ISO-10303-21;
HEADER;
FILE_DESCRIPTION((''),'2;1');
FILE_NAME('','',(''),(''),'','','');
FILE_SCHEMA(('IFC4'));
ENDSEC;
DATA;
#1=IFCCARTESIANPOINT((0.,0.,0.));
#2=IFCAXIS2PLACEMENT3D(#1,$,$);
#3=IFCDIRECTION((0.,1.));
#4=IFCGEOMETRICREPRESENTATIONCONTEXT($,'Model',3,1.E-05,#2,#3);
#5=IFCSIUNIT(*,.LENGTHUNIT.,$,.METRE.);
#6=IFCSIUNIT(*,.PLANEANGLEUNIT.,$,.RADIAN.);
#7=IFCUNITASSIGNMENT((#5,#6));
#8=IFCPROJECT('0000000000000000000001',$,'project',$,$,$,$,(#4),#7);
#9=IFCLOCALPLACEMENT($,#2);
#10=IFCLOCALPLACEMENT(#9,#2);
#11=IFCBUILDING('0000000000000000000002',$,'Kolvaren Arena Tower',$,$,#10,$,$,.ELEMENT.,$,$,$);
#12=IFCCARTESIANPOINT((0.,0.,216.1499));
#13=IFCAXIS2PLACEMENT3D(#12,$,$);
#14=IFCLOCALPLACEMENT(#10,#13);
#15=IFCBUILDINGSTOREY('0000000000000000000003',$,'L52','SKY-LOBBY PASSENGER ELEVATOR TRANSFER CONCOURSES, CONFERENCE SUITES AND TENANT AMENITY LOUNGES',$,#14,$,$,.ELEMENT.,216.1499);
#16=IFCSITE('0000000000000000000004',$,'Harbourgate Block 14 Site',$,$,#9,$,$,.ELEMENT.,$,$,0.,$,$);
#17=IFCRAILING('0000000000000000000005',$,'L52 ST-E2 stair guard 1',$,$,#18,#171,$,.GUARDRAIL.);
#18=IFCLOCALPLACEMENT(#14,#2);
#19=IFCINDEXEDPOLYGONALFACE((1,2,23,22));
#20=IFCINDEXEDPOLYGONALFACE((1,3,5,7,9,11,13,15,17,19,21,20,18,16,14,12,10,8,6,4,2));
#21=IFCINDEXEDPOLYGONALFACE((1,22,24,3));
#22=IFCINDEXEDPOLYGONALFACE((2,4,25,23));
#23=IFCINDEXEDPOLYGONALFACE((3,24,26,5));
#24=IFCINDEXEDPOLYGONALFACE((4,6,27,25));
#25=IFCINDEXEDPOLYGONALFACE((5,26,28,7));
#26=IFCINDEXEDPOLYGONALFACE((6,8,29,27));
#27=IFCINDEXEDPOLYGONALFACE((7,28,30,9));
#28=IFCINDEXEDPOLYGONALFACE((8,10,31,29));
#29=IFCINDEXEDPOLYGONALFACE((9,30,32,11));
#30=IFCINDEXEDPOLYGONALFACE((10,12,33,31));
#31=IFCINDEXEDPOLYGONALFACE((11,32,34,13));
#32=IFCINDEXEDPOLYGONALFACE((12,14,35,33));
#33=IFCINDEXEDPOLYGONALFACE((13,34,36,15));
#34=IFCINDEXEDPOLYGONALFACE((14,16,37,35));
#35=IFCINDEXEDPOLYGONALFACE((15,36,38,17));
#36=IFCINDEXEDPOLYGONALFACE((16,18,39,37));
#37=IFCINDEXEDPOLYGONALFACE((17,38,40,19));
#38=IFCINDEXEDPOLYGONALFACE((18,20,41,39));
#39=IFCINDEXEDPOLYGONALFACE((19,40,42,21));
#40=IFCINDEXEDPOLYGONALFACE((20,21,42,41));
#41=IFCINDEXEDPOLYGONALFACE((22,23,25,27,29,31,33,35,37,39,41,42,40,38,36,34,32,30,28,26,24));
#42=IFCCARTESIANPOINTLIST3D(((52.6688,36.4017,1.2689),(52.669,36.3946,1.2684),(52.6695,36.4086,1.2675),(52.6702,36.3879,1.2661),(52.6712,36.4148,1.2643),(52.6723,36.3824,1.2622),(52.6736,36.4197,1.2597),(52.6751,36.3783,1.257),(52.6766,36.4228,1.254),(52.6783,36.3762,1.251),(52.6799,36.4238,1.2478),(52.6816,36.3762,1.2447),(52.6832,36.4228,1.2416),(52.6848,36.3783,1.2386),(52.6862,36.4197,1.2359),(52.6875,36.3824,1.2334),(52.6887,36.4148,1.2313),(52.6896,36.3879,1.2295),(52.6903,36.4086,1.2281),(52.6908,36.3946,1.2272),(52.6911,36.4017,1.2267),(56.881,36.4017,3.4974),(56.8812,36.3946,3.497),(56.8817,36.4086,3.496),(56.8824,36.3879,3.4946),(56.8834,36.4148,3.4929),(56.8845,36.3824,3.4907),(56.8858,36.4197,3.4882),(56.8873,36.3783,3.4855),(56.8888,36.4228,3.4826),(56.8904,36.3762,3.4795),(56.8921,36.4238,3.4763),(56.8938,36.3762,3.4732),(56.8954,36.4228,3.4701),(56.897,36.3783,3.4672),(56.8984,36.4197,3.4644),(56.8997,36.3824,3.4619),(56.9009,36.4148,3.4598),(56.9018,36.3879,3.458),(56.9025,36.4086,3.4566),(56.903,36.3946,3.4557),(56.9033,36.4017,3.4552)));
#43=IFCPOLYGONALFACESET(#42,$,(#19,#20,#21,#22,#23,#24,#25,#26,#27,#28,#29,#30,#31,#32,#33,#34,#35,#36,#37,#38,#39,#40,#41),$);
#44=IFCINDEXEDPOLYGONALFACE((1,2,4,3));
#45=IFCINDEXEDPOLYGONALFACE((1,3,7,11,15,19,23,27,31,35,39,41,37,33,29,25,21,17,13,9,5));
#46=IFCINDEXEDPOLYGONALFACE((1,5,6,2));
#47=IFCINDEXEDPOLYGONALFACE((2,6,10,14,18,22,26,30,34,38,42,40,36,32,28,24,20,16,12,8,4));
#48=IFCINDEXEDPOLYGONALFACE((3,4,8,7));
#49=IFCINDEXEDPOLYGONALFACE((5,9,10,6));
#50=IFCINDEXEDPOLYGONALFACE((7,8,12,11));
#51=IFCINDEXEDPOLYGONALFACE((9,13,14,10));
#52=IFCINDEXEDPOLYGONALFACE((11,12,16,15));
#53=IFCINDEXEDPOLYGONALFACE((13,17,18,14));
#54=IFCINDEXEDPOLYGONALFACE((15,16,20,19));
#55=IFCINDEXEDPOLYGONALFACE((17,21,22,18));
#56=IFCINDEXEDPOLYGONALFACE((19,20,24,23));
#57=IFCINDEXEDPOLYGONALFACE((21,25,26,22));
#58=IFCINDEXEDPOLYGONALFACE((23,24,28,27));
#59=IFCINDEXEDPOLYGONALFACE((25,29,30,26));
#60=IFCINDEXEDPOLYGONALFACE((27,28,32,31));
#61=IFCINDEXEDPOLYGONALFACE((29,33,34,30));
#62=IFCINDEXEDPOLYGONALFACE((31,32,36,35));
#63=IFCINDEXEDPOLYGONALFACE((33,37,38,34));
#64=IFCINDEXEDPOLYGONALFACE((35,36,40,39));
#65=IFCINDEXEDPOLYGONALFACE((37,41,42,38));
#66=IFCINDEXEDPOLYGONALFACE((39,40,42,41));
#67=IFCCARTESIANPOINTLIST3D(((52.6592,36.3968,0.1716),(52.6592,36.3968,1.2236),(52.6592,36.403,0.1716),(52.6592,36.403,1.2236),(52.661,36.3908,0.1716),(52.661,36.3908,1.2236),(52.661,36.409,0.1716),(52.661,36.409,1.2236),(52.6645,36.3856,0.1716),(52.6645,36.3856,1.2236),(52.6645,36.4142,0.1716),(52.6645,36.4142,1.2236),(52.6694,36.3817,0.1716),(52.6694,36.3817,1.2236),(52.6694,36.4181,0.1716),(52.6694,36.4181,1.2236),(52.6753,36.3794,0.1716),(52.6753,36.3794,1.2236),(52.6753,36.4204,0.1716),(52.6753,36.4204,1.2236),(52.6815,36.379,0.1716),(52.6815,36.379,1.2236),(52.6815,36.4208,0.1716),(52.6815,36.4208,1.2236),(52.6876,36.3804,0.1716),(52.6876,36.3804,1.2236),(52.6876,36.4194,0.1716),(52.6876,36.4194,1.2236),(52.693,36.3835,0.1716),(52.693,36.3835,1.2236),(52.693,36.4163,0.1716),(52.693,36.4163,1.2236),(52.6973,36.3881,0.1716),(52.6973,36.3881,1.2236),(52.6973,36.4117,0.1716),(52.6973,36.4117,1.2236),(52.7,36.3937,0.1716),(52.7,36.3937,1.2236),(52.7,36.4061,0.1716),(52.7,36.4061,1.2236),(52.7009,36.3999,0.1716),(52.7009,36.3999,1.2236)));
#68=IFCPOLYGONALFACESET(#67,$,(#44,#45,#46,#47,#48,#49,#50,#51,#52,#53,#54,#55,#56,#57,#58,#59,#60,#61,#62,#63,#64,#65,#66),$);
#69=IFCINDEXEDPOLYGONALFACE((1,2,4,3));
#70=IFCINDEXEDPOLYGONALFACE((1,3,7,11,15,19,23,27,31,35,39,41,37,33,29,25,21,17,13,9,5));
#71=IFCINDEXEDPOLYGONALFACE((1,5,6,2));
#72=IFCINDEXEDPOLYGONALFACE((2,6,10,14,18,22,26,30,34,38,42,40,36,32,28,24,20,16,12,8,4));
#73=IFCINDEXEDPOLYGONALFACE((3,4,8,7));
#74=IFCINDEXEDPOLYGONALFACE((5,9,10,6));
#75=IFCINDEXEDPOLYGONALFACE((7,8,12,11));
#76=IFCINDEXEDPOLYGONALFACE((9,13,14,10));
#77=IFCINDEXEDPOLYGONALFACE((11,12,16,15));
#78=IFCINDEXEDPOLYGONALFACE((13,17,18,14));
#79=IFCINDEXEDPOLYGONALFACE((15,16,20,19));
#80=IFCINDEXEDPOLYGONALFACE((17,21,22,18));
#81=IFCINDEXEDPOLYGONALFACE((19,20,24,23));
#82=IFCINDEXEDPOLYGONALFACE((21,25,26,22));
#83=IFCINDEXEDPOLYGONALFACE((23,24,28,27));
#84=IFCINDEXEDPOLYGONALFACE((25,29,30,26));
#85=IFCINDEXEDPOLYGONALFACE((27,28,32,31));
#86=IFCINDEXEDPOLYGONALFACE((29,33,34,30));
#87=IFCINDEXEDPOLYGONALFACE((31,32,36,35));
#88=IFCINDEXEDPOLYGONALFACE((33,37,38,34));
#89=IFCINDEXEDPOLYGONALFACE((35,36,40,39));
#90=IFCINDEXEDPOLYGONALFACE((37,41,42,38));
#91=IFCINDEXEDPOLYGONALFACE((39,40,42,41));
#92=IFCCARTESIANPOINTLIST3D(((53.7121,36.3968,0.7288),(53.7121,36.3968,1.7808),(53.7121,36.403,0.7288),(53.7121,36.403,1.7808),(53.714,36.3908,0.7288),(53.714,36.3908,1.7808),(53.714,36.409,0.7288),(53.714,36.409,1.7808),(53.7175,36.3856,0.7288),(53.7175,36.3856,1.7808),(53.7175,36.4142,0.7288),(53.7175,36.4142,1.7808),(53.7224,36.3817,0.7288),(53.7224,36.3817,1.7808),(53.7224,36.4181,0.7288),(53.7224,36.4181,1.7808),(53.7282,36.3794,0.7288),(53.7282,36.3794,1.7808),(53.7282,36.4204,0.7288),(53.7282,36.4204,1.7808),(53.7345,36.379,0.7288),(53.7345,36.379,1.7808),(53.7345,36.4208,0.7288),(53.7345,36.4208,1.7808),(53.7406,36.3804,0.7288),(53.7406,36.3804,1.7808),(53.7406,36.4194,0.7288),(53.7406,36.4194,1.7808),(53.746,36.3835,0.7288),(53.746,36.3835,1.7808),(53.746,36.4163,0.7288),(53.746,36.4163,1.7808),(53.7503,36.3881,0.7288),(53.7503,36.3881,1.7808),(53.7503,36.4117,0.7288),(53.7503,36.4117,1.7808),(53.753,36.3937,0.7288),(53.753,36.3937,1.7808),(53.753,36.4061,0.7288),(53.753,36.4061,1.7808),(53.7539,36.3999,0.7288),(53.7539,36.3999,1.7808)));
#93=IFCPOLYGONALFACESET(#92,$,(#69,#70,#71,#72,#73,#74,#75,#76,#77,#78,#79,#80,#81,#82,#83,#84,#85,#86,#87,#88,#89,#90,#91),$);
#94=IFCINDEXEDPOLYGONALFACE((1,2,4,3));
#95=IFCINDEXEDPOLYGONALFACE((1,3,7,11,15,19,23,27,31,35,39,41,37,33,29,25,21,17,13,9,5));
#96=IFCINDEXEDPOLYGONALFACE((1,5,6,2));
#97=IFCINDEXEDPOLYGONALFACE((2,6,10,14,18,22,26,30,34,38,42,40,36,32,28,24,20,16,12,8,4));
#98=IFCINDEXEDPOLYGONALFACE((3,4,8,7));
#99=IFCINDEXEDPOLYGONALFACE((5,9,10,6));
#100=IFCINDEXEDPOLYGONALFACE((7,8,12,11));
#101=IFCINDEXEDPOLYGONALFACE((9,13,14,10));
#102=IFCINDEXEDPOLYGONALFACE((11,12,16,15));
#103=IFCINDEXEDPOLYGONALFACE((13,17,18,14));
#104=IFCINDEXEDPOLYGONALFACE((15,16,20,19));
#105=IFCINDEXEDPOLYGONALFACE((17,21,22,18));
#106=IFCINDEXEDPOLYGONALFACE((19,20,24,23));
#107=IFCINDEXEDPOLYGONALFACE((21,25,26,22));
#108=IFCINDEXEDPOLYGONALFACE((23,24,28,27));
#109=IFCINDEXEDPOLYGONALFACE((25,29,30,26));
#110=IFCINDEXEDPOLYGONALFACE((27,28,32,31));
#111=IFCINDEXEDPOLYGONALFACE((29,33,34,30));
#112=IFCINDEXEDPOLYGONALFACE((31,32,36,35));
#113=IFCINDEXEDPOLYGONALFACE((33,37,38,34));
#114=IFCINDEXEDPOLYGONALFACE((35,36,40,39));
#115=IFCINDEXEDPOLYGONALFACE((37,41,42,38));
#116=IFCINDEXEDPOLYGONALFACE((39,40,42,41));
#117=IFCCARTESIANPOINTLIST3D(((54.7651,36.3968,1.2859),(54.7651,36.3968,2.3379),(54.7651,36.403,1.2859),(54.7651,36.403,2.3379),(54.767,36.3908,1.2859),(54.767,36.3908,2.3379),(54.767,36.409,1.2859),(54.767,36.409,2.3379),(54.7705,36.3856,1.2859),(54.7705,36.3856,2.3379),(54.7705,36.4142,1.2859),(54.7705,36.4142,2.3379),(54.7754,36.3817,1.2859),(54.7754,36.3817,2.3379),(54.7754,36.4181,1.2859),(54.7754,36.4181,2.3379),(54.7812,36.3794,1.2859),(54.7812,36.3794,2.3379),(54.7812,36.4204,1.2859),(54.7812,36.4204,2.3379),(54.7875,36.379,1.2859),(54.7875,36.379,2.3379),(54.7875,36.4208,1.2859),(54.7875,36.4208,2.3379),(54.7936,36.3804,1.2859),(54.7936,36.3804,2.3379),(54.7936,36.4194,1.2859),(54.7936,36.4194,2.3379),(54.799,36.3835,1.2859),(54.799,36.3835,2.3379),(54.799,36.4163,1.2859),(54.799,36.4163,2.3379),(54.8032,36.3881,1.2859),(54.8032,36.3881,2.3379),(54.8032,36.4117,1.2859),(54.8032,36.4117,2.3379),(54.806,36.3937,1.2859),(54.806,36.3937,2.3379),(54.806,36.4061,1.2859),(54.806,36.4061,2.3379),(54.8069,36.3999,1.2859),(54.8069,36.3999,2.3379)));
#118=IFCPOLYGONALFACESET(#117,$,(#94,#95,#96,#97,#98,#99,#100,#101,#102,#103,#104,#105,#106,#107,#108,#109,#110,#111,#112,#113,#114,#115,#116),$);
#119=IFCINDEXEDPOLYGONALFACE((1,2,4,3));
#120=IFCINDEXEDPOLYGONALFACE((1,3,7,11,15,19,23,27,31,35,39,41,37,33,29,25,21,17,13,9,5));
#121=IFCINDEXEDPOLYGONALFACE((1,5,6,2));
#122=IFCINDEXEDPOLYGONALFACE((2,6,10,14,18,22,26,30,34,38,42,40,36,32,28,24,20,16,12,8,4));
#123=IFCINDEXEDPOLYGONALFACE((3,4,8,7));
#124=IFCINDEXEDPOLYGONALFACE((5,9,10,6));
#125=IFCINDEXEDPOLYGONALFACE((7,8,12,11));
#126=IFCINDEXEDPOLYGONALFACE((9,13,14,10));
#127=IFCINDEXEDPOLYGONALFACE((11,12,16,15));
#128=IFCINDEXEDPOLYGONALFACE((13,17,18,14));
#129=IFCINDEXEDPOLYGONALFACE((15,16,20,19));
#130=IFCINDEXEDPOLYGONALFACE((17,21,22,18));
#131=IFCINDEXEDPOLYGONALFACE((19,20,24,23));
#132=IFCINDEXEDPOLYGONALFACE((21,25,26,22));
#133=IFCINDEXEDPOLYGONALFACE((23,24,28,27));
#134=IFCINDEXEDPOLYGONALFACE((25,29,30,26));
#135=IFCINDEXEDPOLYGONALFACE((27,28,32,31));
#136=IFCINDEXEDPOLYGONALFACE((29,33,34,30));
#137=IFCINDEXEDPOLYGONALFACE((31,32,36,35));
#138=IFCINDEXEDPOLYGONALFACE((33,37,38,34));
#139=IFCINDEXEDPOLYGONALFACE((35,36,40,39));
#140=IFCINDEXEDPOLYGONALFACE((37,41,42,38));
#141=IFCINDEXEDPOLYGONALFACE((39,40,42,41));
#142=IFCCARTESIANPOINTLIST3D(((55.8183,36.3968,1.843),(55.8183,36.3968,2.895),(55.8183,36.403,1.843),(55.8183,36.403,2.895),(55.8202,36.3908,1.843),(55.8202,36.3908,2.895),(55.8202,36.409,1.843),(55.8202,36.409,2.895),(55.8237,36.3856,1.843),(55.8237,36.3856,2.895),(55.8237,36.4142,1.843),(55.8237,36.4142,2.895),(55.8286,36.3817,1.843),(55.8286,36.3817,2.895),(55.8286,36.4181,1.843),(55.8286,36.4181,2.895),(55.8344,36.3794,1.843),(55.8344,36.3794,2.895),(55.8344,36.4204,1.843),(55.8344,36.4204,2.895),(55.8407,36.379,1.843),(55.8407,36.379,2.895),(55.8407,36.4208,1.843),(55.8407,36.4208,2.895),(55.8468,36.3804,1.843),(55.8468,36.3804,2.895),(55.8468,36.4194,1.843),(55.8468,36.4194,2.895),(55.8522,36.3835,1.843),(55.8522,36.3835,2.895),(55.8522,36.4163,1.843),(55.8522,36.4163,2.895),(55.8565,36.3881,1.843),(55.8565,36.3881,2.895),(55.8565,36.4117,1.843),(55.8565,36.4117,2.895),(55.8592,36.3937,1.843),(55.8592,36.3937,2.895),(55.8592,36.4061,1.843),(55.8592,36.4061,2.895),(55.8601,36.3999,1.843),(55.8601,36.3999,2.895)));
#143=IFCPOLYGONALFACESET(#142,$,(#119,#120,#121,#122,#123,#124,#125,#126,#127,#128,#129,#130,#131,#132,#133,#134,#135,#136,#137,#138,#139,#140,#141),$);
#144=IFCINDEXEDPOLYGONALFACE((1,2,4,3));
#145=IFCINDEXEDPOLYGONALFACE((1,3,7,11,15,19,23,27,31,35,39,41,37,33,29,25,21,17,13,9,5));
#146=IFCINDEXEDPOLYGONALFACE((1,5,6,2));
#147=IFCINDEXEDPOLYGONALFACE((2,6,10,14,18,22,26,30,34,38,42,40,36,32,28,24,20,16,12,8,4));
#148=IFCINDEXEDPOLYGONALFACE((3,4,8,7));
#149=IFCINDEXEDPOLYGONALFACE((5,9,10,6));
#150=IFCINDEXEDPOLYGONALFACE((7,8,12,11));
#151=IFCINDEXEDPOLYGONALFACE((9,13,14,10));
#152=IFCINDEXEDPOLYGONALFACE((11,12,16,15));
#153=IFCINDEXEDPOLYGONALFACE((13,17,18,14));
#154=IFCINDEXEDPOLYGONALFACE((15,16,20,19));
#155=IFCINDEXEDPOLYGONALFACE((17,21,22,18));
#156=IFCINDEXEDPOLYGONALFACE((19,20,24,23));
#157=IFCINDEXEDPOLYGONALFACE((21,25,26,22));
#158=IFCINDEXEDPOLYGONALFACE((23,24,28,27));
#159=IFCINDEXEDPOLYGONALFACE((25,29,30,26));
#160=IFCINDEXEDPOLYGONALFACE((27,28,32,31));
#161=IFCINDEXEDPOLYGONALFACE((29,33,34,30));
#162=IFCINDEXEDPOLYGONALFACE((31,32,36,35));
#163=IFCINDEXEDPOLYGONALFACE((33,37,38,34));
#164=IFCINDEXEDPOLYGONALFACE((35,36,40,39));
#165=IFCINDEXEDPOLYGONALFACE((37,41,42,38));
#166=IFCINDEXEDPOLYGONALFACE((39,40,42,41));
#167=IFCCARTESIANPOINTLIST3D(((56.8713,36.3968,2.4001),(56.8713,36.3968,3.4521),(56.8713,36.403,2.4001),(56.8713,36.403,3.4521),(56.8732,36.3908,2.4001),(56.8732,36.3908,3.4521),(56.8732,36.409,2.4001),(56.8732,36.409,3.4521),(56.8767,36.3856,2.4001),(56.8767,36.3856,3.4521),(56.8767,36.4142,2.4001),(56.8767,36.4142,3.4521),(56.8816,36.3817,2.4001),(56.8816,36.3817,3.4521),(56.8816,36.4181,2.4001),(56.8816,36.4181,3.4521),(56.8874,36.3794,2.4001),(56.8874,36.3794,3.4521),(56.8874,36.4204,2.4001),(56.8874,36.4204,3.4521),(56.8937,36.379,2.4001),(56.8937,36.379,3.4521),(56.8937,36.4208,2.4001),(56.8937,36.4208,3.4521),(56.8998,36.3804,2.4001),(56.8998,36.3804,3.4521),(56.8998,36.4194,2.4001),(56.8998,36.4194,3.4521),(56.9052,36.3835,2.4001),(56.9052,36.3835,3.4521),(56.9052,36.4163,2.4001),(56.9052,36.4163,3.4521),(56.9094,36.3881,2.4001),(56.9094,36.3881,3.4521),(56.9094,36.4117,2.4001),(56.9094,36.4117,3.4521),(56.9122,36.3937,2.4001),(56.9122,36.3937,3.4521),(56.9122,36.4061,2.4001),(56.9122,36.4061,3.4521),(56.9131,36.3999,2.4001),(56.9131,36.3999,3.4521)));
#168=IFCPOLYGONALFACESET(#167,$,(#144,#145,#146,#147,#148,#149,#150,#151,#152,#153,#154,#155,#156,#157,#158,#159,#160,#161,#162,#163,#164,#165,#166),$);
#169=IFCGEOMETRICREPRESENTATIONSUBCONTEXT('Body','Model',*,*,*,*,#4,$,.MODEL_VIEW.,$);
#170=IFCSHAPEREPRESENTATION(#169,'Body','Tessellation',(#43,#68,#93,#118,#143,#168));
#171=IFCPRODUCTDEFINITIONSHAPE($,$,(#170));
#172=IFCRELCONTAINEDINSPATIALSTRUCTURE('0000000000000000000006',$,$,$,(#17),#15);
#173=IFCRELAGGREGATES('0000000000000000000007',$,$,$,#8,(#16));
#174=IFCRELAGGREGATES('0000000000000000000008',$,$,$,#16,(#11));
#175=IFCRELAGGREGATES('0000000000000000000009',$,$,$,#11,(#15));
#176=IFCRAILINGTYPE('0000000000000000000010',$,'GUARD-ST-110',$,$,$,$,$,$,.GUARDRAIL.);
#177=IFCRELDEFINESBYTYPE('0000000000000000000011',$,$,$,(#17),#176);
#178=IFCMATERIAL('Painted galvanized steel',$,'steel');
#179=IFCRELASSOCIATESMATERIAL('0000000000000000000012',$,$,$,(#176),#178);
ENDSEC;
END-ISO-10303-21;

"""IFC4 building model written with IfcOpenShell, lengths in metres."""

from ifc_helpers import new_model, si_unit, direction, frame, origin, origin_2d, place, context, subcontext, project, spatial, circle, extrude, material, type_object, element, save


model = new_model("IFC4")

# Units and contexts
model_context = context("Model", 3, precision=1e-05, world=origin(), true_north=direction((0.0, 1.0)))
body_context = subcontext(model_context, "Body", "Model", "MODEL_VIEW")
ifc_project = project(units=[si_unit("LENGTHUNIT", "METRE"), si_unit("PLANEANGLEUNIT", "RADIAN")], contexts=[model_context])

# Site, building, storey
site_placement = place(None, origin())
site = spatial("IfcSite", under=ifc_project, at=site_placement, Name="Harbourgate Block 14 Site", CompositionType="ELEMENT", RefElevation=0.0)
building_placement = place(site_placement, origin())
building = spatial("IfcBuilding", under=site, at=building_placement, Name="Kolvaren Arena Tower", CompositionType="ELEMENT")
storey_placement = place(building_placement, frame((0.0, 0.0, 216.1499)))
storey = spatial("IfcBuildingStorey", under=building, at=storey_placement, Name="L52", Description="SKY-LOBBY PASSENGER ELEVATOR TRANSFER CONCOURSES, CONFERENCE SUITES AND TENANT AMENITY LOUNGES", CompositionType="ELEMENT", Elevation=216.1499)

# Railing
ifc_material_1 = material(Name="Painted galvanized steel", Category="steel")
railing_type_1 = type_object("IfcRailingType", Name="GUARD-ST-110", PredefinedType="GUARDRAIL", material=ifc_material_1)
railing_1_placement = place(storey_placement, frame((52.6799, 36.3999, 0.1716)))
element("IfcRailing", 1, at=railing_1_placement, inside=storey, type_object=railing_type_1, Name="L52 ST-E2 stair guard 1", PredefinedType="GUARDRAIL", context=body_context, shape_type="SweptSolid", body=[
    extrude(circle(Radius=0.0239, at=origin_2d()), frame((0.0, 0.0, 1.0762), z_axis=(0.883914, 0.0, 0.46765), x_axis=(0.0, 1.0, 0.0)), (0.0, 0.0, 1.0), 4.7654),
    extrude(circle(Radius=0.021, at=origin_2d()), origin(), (0.0, 0.0, 1.0), 1.052),
    extrude(circle(Radius=0.021, at=origin_2d()), frame((1.053, 0.0, 0.5571)), (0.0, 0.0, 1.0), 1.052),
    extrude(circle(Radius=0.021, at=origin_2d()), frame((2.106, 0.0, 1.1143)), (0.0, 0.0, 1.0), 1.052),
    extrude(circle(Radius=0.021, at=origin_2d()), frame((3.1592, 0.0, 1.6714)), (0.0, 0.0, 1.0), 1.052),
    extrude(circle(Radius=0.021, at=origin_2d()), frame((4.2122, 0.0, 2.2285)), (0.0, 0.0, 1.0), 1.052),
])

save(model, "model.ifc")
